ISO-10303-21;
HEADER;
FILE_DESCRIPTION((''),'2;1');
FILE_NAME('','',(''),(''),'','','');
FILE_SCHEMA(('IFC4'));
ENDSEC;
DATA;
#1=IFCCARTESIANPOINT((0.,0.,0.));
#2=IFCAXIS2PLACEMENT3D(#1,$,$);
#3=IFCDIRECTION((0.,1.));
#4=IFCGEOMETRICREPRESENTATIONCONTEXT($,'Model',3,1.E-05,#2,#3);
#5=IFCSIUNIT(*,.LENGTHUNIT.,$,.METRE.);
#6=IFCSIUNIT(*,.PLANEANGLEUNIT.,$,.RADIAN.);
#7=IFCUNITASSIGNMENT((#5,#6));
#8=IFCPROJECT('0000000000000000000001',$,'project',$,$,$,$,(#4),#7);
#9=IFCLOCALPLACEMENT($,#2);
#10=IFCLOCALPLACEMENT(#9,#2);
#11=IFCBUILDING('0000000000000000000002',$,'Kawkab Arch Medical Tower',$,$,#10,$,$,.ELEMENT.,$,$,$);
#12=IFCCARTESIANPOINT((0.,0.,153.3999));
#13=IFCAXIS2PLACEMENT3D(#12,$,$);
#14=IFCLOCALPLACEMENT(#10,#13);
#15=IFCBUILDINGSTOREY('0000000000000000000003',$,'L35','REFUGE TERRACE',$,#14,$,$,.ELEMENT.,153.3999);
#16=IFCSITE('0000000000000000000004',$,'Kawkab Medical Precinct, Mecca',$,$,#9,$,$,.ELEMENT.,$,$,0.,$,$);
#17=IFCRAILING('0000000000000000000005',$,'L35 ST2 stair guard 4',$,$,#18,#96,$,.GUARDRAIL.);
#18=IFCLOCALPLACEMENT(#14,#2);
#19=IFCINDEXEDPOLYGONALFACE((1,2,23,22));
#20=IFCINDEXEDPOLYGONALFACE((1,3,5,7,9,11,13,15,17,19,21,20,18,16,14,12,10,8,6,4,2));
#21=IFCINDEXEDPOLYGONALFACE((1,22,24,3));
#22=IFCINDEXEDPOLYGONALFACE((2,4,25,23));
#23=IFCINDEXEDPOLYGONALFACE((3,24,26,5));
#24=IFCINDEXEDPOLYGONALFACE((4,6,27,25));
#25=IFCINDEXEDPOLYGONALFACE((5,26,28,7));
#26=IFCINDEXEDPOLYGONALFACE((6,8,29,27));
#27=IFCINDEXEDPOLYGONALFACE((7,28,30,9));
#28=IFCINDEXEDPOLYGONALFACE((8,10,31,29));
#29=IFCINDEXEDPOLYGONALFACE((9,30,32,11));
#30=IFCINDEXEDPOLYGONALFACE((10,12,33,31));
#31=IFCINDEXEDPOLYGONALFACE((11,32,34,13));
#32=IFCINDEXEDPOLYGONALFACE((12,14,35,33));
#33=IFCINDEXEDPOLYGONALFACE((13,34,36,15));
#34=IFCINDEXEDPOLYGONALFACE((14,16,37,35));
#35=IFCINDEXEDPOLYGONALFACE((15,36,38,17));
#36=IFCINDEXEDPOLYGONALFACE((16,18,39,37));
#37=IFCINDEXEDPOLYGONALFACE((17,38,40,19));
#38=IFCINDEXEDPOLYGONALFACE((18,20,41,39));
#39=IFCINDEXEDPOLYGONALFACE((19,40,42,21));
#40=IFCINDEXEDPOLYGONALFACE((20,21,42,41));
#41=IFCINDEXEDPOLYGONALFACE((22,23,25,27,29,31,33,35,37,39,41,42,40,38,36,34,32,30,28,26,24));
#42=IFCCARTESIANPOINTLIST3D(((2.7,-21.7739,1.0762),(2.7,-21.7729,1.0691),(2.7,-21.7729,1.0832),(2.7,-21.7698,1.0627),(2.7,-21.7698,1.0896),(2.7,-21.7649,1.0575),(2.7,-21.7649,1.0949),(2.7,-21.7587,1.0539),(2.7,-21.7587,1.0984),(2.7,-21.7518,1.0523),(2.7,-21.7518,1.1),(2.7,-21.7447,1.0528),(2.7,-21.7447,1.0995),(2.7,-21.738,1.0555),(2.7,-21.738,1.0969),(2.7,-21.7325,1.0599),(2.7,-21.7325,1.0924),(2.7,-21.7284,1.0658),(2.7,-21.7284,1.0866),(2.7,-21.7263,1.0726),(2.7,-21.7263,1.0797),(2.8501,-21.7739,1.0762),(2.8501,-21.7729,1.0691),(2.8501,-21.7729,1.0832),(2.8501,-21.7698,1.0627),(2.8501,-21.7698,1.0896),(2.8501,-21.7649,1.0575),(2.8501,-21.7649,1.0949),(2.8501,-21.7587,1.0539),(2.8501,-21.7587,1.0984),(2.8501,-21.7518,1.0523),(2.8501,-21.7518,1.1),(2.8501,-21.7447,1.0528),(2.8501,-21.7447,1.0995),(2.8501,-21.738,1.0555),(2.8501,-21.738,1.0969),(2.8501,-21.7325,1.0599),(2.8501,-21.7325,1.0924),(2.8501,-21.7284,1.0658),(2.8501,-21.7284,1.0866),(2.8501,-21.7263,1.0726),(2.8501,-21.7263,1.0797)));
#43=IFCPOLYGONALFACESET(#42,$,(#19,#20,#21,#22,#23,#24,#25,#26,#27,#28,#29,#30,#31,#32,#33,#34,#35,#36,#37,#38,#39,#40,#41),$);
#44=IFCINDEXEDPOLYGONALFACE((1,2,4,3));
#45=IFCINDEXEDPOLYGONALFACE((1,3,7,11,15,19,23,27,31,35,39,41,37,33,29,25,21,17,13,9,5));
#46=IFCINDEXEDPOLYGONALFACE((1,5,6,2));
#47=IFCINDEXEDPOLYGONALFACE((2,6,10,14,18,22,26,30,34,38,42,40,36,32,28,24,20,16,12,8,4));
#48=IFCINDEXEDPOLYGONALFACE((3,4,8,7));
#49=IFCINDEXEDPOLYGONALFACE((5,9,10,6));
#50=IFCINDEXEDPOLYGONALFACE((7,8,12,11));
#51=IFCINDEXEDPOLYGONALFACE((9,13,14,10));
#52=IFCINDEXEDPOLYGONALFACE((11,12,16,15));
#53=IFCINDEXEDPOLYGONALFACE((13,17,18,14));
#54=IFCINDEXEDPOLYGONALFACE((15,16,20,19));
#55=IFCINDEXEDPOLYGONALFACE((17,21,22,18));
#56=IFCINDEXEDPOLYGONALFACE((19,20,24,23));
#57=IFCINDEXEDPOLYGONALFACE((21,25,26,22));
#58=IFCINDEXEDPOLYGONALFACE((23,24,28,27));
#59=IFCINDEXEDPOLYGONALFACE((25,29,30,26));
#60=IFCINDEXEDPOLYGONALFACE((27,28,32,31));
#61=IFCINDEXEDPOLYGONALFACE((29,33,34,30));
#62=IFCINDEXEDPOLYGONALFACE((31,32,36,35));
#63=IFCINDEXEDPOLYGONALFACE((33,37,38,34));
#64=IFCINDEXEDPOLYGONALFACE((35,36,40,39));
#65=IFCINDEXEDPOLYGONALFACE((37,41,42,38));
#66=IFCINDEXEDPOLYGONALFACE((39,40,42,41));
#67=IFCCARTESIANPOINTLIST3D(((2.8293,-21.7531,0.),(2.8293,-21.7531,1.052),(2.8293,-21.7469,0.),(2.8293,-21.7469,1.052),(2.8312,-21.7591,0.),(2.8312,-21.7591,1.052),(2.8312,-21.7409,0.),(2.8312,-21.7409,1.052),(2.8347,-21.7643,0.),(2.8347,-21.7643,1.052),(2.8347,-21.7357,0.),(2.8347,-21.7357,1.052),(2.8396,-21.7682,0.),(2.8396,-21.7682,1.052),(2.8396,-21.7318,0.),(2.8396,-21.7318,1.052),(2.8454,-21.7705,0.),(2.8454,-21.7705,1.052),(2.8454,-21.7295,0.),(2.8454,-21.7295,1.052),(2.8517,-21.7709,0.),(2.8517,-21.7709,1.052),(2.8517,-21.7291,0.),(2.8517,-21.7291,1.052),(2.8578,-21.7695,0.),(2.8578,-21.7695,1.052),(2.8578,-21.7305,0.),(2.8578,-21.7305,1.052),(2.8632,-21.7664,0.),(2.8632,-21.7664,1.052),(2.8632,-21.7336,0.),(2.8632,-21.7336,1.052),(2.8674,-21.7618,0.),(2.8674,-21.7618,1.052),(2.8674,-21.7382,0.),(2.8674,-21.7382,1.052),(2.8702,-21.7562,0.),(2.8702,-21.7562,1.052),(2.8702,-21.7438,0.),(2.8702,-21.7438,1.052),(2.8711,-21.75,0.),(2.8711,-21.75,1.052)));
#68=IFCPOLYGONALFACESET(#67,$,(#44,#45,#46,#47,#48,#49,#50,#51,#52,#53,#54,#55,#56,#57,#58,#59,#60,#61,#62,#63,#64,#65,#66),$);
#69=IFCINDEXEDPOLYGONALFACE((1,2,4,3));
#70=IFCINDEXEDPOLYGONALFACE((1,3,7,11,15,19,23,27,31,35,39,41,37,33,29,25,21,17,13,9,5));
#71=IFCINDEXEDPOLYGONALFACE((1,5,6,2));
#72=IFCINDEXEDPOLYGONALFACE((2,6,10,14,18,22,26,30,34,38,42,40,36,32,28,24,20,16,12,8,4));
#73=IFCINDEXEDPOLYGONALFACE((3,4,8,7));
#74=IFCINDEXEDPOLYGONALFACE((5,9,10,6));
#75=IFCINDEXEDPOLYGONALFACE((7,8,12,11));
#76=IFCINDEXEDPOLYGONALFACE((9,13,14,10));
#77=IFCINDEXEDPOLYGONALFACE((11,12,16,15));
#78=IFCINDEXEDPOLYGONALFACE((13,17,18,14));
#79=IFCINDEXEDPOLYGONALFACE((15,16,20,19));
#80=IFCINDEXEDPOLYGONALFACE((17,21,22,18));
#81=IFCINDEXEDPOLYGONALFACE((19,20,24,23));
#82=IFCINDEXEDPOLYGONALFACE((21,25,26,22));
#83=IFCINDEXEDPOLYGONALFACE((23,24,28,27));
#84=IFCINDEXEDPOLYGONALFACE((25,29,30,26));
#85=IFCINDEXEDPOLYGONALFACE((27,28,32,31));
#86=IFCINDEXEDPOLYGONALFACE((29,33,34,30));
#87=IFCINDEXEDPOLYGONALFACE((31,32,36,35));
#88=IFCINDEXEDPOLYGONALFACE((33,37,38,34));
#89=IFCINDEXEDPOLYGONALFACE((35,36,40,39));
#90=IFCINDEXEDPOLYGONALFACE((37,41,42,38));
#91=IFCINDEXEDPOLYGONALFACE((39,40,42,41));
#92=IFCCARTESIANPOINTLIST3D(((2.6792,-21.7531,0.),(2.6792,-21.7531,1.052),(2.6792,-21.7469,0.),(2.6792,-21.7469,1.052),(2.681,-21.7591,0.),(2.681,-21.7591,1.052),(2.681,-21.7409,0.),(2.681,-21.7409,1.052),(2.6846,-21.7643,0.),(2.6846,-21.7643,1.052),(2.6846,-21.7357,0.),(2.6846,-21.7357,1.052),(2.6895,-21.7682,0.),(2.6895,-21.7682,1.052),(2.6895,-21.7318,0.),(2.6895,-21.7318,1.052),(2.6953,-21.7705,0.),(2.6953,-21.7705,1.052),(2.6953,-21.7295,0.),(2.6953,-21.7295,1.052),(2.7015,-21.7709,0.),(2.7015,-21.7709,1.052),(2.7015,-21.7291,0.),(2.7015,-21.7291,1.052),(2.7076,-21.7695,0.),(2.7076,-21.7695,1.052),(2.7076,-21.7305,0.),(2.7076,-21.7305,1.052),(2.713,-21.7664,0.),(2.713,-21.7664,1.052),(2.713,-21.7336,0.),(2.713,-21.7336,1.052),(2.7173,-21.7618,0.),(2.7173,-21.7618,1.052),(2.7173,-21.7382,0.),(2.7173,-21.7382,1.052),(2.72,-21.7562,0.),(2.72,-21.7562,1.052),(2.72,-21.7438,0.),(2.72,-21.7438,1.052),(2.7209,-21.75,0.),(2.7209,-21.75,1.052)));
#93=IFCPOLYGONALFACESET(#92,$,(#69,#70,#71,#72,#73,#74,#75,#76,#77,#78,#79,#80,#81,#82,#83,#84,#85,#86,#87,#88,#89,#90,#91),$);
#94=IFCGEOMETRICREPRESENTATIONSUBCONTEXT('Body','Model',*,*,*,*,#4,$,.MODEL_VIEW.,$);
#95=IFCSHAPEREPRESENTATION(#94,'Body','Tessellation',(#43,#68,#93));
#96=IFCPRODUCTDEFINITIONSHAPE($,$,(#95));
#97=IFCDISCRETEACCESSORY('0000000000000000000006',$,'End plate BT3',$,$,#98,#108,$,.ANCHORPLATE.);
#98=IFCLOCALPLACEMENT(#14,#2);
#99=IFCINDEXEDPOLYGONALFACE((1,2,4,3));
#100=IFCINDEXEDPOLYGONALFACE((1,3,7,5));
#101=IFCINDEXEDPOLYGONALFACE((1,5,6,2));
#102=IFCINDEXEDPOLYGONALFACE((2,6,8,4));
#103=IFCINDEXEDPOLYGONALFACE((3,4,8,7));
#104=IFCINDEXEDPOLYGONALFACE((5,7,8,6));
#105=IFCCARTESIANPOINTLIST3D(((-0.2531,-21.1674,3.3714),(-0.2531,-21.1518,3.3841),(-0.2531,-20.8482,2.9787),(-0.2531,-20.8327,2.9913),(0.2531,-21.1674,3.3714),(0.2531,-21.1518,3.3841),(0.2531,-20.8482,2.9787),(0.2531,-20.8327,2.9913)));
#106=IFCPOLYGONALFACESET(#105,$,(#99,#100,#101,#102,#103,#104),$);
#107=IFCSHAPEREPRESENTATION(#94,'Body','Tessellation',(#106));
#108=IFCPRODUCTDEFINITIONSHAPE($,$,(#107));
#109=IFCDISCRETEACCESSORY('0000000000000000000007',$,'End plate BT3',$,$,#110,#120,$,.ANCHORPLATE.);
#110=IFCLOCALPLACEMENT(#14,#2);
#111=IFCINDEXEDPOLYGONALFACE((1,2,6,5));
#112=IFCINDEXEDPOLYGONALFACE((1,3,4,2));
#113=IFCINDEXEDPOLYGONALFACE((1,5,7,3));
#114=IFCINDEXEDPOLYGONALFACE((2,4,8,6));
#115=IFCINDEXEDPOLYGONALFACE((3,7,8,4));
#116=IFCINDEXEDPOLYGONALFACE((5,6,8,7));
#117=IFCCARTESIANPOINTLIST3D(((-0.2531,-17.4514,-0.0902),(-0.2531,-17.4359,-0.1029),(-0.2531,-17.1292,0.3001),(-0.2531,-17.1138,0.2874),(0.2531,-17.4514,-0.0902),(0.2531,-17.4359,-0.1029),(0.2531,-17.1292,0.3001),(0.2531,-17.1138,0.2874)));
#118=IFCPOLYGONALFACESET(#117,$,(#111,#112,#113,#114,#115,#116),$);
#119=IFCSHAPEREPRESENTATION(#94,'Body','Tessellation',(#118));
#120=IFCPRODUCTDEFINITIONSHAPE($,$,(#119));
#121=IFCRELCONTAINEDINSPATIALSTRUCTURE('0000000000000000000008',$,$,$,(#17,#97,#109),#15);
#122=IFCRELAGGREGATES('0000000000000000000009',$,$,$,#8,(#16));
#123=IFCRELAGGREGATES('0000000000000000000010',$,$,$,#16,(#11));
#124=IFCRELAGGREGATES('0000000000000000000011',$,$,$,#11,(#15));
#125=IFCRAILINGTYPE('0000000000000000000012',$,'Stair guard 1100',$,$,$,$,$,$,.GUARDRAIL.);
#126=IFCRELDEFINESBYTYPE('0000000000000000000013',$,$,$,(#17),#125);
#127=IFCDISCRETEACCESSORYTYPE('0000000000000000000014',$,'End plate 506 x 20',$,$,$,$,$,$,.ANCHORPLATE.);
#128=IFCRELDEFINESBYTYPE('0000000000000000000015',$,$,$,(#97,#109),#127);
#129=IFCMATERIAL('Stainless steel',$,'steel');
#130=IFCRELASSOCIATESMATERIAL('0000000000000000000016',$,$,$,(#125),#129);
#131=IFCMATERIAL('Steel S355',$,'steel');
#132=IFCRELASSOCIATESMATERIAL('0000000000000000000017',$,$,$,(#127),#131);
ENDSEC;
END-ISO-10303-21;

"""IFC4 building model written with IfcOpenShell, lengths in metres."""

from ifc_helpers import new_model, si_unit, direction, frame, origin, origin_2d, place, context, subcontext, project, spatial, rectangle, circle, extrude, material, material_profile, profile_set, type_object, element, save


model = new_model("IFC4")

# Units and contexts
model_context = context("Model", 3, precision=1e-05, world=origin(), true_north=direction((0.0, 1.0)))
body_context = subcontext(model_context, "Body", "Model", "MODEL_VIEW")
ifc_project = project(units=[si_unit("LENGTHUNIT", "METRE"), si_unit("PLANEANGLEUNIT", "RADIAN")], contexts=[model_context])

# Site, building, storey
site_placement = place(None, origin())
site = spatial("IfcSite", under=ifc_project, at=site_placement, Name="Kawkab Medical Precinct, Mecca", CompositionType="ELEMENT", RefElevation=0.0)
building_placement = place(site_placement, origin())
building = spatial("IfcBuilding", under=site, at=building_placement, Name="Kawkab Arch Medical Tower", CompositionType="ELEMENT")
storey_placement = place(building_placement, frame((0.0, 0.0, 153.3999)))
storey = spatial("IfcBuildingStorey", under=building, at=storey_placement, Name="L35", Description="REFUGE TERRACE", CompositionType="ELEMENT", Elevation=153.3999)

# Railing
ifc_material_1 = material(Name="Stainless steel", Category="steel")
railing_type_1 = type_object("IfcRailingType", Name="Stair guard 1100", PredefinedType="GUARDRAIL", material=ifc_material_1)
railing_1_placement = place(storey_placement, frame((2.8501, -21.75, 0.0)))
element("IfcRailing", 1, at=railing_1_placement, inside=storey, type_object=railing_type_1, Name="L35 ST2 stair guard 4", PredefinedType="GUARDRAIL", context=body_context, shape_type="SweptSolid", body=[
    extrude(circle(Radius=0.0239, at=origin_2d()), frame((0.0, 0.0, 1.0762), z_axis=(-1.0, 0.0, 0.0), x_axis=(0.0, -1.0, 0.0)), (0.0, 0.0, 1.0), 0.1501),
    extrude(circle(Radius=0.021, at=origin_2d()), origin(), (0.0, 0.0, 1.0), 1.052),
    extrude(circle(Radius=0.021, at=origin_2d()), frame((-0.1501, 0.0, 0.0)), (0.0, 0.0, 1.0), 1.052),
])

# Discrete accessories
ifc_material_2 = material(Name="Steel S355", Category="steel")
ifc_material_profile_1 = material_profile(ifc_material_2, rectangle(XDim=0.5061, YDim=0.5061, at=origin_2d()), Name="End plate 506 x 20")
ifc_profile_set_1 = profile_set([ifc_material_profile_1], Name="Steel S355")
discrete_accessory_type = type_object("IfcDiscreteAccessoryType", Name="End plate 506 x 20", PredefinedType="ANCHORPLATE", material=ifc_profile_set_1)
for number, where, z_axis, x_axis, name in (
    (2, (0.0, -21.0078, 3.175), (0.0, 0.776114, 0.630593), (-1.0, 0.0, 0.0), "End plate BT3"),
    (3, (0.0, -17.2903, 0.105), (0.0, 0.771223, -0.636565), (-1.0, 0.0, 0.0), "End plate BT3"),
):
    element("IfcDiscreteAccessory", number, at=place(storey_placement, frame(where, z_axis=z_axis, x_axis=x_axis)), inside=storey, type_object=discrete_accessory_type, Name=name, PredefinedType="ANCHORPLATE", context=body_context, shape_type="SweptSolid", body=[
        extrude(rectangle(XDim=0.5061, YDim=0.5061, at=origin_2d()), origin(), (0.0, 0.0, 1.0), 0.02),
    ])

save(model, "model.ifc")
